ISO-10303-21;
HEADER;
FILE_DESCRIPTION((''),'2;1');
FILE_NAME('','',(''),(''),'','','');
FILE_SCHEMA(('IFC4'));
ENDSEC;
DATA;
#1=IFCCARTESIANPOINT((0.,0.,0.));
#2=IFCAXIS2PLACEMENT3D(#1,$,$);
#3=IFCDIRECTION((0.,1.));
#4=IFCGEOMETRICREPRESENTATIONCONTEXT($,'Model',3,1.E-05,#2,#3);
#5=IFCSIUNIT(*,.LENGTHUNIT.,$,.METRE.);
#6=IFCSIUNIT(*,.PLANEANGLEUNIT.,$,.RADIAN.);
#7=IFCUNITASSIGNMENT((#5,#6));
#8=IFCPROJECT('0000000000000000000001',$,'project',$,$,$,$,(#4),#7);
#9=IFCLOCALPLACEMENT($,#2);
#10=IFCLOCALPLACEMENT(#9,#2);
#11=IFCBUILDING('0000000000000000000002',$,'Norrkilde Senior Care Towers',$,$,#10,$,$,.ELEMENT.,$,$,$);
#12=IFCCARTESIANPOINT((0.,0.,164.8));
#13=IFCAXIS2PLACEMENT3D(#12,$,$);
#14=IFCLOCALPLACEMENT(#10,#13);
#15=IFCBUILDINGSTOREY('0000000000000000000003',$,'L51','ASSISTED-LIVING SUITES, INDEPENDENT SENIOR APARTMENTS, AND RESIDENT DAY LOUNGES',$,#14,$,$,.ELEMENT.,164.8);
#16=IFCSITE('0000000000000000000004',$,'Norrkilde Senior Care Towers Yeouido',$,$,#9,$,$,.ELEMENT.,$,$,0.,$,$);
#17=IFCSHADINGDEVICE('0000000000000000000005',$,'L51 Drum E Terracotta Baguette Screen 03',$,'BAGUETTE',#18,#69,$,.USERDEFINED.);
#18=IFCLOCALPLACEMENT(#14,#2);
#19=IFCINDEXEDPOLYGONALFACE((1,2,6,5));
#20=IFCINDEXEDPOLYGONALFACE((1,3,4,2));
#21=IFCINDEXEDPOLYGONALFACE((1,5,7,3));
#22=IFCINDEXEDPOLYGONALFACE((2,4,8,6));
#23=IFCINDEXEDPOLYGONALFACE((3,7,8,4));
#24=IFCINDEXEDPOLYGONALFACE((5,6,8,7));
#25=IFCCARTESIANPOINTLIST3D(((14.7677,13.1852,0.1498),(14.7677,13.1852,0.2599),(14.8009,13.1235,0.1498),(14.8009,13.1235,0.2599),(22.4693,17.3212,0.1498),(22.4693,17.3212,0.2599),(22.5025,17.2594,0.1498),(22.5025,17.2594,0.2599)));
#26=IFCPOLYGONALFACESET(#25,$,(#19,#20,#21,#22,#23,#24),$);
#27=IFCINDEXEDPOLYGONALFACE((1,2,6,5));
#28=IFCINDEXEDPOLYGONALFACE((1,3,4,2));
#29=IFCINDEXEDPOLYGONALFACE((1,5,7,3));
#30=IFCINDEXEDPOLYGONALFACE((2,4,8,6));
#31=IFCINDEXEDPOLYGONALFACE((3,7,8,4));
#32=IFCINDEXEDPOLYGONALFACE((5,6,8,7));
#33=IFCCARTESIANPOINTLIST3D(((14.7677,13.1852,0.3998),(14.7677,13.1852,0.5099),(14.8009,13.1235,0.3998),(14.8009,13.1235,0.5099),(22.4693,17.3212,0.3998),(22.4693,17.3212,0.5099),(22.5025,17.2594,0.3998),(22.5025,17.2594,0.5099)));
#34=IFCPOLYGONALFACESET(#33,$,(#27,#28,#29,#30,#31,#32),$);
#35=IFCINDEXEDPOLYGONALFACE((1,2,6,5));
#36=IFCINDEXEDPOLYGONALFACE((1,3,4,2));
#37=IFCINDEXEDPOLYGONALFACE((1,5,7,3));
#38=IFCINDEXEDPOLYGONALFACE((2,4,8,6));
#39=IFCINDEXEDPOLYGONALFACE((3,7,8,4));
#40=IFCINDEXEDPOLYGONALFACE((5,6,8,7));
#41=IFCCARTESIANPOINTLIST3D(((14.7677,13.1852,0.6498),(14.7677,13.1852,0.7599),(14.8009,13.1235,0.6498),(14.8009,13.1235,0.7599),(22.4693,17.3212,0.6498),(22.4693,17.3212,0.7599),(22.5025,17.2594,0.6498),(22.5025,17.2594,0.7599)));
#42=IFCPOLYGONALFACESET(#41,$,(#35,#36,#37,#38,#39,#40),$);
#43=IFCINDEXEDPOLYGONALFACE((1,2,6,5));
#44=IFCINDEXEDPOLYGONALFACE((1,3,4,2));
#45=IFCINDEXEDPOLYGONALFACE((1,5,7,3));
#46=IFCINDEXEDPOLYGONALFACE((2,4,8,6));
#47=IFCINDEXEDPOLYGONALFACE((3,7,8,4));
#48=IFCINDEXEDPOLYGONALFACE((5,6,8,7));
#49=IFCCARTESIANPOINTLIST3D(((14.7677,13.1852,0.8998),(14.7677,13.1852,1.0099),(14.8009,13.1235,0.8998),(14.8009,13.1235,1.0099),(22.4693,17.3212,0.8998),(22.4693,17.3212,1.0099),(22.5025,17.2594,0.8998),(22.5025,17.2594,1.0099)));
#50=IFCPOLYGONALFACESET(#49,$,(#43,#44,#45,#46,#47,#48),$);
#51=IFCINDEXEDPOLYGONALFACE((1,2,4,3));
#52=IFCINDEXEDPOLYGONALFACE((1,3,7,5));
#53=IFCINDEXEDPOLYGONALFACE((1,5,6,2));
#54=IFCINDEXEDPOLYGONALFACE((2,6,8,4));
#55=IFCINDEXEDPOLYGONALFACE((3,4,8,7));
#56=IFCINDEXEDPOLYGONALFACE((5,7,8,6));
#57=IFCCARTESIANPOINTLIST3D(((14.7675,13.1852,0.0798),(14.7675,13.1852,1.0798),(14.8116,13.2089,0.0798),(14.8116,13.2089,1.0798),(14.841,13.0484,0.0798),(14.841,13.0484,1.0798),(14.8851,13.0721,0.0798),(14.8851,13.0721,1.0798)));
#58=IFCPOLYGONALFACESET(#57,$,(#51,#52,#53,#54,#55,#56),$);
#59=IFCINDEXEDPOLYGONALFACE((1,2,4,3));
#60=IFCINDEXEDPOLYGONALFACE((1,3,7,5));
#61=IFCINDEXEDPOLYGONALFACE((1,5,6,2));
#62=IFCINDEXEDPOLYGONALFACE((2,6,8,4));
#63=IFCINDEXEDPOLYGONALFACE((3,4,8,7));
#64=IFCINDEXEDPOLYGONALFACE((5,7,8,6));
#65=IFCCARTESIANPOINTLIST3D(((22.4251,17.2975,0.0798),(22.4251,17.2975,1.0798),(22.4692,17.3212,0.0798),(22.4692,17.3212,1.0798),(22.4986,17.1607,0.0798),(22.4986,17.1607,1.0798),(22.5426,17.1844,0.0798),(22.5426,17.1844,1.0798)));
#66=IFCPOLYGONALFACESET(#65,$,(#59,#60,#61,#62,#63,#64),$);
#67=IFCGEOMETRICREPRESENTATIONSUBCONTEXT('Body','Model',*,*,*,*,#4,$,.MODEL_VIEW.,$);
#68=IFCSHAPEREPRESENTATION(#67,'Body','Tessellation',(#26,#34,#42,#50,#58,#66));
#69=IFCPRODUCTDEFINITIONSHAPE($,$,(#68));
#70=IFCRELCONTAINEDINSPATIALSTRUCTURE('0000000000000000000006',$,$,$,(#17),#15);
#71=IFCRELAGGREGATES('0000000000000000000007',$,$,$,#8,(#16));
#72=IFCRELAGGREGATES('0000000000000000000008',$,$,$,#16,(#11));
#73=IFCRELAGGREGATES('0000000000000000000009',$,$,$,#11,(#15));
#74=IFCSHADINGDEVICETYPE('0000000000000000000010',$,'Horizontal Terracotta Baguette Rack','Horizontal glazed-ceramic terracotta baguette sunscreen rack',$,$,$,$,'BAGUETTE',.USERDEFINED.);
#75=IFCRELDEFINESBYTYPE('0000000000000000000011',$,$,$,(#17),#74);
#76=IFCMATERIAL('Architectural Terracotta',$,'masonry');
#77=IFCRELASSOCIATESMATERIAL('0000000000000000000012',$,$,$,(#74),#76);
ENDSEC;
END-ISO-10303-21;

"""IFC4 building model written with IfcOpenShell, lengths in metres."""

from ifc_helpers import new_model, si_unit, direction, frame, origin, origin_2d, place, context, subcontext, project, spatial, rectangle, extrude, source, transform, mapped, material, type_object, type_shapes, element, save


model = new_model("IFC4")

# Units and contexts
model_context = context("Model", 3, precision=1e-05, world=origin(), true_north=direction((0.0, 1.0)))
body_context = subcontext(model_context, "Body", "Model", "MODEL_VIEW")
ifc_project = project(units=[si_unit("LENGTHUNIT", "METRE"), si_unit("PLANEANGLEUNIT", "RADIAN")], contexts=[model_context])

# Site, building, storey
site_placement = place(None, origin())
site = spatial("IfcSite", under=ifc_project, at=site_placement, Name="Norrkilde Senior Care Towers Yeouido", CompositionType="ELEMENT", RefElevation=0.0)
building_placement = place(site_placement, origin())
building = spatial("IfcBuilding", under=site, at=building_placement, Name="Norrkilde Senior Care Towers", CompositionType="ELEMENT")
storey_placement = place(building_placement, frame((0.0, 0.0, 164.8)))
storey = spatial("IfcBuildingStorey", under=building, at=storey_placement, Name="L51", Description="ASSISTED-LIVING SUITES, INDEPENDENT SENIOR APARTMENTS, AND RESIDENT DAY LOUNGES", CompositionType="ELEMENT", Elevation=164.8)

# Shading device
ifc_material_1 = material(Name="Architectural Terracotta", Category="masonry")
shading_device_type = type_object("IfcShadingDeviceType", Name="Horizontal Terracotta Baguette Rack", Description="Horizontal glazed-ceramic terracotta baguette sunscreen rack", ElementType="BAGUETTE", PredefinedType="USERDEFINED", material=ifc_material_1)
shared_shape_1 = source(origin(), body_context, "Body", "SweptSolid", [
    extrude(rectangle(XDim=0.0701, YDim=0.1101, at=origin_2d()), frame((0.0, 0.0901, 0.125), z_axis=(1.0, 0.0, 0.0), x_axis=(0.0, 1.0, 0.0)), (0.0, 0.0, 1.0), 8.7419),
    extrude(rectangle(XDim=0.0701, YDim=0.1101, at=origin_2d()), frame((0.0, 0.0901, 0.375), z_axis=(1.0, 0.0, 0.0), x_axis=(0.0, 1.0, 0.0)), (0.0, 0.0, 1.0), 8.7419),
    extrude(rectangle(XDim=0.0701, YDim=0.1101, at=origin_2d()), frame((0.0, 0.0901, 0.625), z_axis=(1.0, 0.0, 0.0), x_axis=(0.0, 1.0, 0.0)), (0.0, 0.0, 1.0), 8.7419),
    extrude(rectangle(XDim=0.0701, YDim=0.1101, at=origin_2d()), frame((0.0, 0.0901, 0.875), z_axis=(1.0, 0.0, 0.0), x_axis=(0.0, 1.0, 0.0)), (0.0, 0.0, 1.0), 8.7419),
    extrude(rectangle(XDim=0.05, YDim=0.1553, at=origin_2d()), frame((0.0249, 0.0476, 0.0)), (0.0, 0.0, 1.0), 1.0),
    extrude(rectangle(XDim=0.05, YDim=0.1553, at=origin_2d()), frame((8.7168, 0.0476, 0.0)), (0.0, 0.0, 1.0), 1.0),
])
type_shapes(shading_device_type, [shared_shape_1])
shading_device_placement = place(storey_placement, frame((14.8269, 13.075, 0.0798), z_axis=(0.0, 0.0, 1.0), x_axis=(0.881001, 0.47312, 0.0)))
element("IfcShadingDevice", 1, at=shading_device_placement, inside=storey, type_object=shading_device_type, Name="L51 Drum E Terracotta Baguette Screen 03", ObjectType="BAGUETTE", PredefinedType="USERDEFINED", context=body_context, shape_type="MappedRepresentation", body=[
    mapped(shared_shape_1, transform((0.0, 0.0, 0.0), x_axis=(1.0, 0.0, 0.0), y_axis=(0.0, 1.0, 0.0), z_axis=(0.0, 0.0, 1.0), scale=1.0)),
])

save(model, "model.ifc")
